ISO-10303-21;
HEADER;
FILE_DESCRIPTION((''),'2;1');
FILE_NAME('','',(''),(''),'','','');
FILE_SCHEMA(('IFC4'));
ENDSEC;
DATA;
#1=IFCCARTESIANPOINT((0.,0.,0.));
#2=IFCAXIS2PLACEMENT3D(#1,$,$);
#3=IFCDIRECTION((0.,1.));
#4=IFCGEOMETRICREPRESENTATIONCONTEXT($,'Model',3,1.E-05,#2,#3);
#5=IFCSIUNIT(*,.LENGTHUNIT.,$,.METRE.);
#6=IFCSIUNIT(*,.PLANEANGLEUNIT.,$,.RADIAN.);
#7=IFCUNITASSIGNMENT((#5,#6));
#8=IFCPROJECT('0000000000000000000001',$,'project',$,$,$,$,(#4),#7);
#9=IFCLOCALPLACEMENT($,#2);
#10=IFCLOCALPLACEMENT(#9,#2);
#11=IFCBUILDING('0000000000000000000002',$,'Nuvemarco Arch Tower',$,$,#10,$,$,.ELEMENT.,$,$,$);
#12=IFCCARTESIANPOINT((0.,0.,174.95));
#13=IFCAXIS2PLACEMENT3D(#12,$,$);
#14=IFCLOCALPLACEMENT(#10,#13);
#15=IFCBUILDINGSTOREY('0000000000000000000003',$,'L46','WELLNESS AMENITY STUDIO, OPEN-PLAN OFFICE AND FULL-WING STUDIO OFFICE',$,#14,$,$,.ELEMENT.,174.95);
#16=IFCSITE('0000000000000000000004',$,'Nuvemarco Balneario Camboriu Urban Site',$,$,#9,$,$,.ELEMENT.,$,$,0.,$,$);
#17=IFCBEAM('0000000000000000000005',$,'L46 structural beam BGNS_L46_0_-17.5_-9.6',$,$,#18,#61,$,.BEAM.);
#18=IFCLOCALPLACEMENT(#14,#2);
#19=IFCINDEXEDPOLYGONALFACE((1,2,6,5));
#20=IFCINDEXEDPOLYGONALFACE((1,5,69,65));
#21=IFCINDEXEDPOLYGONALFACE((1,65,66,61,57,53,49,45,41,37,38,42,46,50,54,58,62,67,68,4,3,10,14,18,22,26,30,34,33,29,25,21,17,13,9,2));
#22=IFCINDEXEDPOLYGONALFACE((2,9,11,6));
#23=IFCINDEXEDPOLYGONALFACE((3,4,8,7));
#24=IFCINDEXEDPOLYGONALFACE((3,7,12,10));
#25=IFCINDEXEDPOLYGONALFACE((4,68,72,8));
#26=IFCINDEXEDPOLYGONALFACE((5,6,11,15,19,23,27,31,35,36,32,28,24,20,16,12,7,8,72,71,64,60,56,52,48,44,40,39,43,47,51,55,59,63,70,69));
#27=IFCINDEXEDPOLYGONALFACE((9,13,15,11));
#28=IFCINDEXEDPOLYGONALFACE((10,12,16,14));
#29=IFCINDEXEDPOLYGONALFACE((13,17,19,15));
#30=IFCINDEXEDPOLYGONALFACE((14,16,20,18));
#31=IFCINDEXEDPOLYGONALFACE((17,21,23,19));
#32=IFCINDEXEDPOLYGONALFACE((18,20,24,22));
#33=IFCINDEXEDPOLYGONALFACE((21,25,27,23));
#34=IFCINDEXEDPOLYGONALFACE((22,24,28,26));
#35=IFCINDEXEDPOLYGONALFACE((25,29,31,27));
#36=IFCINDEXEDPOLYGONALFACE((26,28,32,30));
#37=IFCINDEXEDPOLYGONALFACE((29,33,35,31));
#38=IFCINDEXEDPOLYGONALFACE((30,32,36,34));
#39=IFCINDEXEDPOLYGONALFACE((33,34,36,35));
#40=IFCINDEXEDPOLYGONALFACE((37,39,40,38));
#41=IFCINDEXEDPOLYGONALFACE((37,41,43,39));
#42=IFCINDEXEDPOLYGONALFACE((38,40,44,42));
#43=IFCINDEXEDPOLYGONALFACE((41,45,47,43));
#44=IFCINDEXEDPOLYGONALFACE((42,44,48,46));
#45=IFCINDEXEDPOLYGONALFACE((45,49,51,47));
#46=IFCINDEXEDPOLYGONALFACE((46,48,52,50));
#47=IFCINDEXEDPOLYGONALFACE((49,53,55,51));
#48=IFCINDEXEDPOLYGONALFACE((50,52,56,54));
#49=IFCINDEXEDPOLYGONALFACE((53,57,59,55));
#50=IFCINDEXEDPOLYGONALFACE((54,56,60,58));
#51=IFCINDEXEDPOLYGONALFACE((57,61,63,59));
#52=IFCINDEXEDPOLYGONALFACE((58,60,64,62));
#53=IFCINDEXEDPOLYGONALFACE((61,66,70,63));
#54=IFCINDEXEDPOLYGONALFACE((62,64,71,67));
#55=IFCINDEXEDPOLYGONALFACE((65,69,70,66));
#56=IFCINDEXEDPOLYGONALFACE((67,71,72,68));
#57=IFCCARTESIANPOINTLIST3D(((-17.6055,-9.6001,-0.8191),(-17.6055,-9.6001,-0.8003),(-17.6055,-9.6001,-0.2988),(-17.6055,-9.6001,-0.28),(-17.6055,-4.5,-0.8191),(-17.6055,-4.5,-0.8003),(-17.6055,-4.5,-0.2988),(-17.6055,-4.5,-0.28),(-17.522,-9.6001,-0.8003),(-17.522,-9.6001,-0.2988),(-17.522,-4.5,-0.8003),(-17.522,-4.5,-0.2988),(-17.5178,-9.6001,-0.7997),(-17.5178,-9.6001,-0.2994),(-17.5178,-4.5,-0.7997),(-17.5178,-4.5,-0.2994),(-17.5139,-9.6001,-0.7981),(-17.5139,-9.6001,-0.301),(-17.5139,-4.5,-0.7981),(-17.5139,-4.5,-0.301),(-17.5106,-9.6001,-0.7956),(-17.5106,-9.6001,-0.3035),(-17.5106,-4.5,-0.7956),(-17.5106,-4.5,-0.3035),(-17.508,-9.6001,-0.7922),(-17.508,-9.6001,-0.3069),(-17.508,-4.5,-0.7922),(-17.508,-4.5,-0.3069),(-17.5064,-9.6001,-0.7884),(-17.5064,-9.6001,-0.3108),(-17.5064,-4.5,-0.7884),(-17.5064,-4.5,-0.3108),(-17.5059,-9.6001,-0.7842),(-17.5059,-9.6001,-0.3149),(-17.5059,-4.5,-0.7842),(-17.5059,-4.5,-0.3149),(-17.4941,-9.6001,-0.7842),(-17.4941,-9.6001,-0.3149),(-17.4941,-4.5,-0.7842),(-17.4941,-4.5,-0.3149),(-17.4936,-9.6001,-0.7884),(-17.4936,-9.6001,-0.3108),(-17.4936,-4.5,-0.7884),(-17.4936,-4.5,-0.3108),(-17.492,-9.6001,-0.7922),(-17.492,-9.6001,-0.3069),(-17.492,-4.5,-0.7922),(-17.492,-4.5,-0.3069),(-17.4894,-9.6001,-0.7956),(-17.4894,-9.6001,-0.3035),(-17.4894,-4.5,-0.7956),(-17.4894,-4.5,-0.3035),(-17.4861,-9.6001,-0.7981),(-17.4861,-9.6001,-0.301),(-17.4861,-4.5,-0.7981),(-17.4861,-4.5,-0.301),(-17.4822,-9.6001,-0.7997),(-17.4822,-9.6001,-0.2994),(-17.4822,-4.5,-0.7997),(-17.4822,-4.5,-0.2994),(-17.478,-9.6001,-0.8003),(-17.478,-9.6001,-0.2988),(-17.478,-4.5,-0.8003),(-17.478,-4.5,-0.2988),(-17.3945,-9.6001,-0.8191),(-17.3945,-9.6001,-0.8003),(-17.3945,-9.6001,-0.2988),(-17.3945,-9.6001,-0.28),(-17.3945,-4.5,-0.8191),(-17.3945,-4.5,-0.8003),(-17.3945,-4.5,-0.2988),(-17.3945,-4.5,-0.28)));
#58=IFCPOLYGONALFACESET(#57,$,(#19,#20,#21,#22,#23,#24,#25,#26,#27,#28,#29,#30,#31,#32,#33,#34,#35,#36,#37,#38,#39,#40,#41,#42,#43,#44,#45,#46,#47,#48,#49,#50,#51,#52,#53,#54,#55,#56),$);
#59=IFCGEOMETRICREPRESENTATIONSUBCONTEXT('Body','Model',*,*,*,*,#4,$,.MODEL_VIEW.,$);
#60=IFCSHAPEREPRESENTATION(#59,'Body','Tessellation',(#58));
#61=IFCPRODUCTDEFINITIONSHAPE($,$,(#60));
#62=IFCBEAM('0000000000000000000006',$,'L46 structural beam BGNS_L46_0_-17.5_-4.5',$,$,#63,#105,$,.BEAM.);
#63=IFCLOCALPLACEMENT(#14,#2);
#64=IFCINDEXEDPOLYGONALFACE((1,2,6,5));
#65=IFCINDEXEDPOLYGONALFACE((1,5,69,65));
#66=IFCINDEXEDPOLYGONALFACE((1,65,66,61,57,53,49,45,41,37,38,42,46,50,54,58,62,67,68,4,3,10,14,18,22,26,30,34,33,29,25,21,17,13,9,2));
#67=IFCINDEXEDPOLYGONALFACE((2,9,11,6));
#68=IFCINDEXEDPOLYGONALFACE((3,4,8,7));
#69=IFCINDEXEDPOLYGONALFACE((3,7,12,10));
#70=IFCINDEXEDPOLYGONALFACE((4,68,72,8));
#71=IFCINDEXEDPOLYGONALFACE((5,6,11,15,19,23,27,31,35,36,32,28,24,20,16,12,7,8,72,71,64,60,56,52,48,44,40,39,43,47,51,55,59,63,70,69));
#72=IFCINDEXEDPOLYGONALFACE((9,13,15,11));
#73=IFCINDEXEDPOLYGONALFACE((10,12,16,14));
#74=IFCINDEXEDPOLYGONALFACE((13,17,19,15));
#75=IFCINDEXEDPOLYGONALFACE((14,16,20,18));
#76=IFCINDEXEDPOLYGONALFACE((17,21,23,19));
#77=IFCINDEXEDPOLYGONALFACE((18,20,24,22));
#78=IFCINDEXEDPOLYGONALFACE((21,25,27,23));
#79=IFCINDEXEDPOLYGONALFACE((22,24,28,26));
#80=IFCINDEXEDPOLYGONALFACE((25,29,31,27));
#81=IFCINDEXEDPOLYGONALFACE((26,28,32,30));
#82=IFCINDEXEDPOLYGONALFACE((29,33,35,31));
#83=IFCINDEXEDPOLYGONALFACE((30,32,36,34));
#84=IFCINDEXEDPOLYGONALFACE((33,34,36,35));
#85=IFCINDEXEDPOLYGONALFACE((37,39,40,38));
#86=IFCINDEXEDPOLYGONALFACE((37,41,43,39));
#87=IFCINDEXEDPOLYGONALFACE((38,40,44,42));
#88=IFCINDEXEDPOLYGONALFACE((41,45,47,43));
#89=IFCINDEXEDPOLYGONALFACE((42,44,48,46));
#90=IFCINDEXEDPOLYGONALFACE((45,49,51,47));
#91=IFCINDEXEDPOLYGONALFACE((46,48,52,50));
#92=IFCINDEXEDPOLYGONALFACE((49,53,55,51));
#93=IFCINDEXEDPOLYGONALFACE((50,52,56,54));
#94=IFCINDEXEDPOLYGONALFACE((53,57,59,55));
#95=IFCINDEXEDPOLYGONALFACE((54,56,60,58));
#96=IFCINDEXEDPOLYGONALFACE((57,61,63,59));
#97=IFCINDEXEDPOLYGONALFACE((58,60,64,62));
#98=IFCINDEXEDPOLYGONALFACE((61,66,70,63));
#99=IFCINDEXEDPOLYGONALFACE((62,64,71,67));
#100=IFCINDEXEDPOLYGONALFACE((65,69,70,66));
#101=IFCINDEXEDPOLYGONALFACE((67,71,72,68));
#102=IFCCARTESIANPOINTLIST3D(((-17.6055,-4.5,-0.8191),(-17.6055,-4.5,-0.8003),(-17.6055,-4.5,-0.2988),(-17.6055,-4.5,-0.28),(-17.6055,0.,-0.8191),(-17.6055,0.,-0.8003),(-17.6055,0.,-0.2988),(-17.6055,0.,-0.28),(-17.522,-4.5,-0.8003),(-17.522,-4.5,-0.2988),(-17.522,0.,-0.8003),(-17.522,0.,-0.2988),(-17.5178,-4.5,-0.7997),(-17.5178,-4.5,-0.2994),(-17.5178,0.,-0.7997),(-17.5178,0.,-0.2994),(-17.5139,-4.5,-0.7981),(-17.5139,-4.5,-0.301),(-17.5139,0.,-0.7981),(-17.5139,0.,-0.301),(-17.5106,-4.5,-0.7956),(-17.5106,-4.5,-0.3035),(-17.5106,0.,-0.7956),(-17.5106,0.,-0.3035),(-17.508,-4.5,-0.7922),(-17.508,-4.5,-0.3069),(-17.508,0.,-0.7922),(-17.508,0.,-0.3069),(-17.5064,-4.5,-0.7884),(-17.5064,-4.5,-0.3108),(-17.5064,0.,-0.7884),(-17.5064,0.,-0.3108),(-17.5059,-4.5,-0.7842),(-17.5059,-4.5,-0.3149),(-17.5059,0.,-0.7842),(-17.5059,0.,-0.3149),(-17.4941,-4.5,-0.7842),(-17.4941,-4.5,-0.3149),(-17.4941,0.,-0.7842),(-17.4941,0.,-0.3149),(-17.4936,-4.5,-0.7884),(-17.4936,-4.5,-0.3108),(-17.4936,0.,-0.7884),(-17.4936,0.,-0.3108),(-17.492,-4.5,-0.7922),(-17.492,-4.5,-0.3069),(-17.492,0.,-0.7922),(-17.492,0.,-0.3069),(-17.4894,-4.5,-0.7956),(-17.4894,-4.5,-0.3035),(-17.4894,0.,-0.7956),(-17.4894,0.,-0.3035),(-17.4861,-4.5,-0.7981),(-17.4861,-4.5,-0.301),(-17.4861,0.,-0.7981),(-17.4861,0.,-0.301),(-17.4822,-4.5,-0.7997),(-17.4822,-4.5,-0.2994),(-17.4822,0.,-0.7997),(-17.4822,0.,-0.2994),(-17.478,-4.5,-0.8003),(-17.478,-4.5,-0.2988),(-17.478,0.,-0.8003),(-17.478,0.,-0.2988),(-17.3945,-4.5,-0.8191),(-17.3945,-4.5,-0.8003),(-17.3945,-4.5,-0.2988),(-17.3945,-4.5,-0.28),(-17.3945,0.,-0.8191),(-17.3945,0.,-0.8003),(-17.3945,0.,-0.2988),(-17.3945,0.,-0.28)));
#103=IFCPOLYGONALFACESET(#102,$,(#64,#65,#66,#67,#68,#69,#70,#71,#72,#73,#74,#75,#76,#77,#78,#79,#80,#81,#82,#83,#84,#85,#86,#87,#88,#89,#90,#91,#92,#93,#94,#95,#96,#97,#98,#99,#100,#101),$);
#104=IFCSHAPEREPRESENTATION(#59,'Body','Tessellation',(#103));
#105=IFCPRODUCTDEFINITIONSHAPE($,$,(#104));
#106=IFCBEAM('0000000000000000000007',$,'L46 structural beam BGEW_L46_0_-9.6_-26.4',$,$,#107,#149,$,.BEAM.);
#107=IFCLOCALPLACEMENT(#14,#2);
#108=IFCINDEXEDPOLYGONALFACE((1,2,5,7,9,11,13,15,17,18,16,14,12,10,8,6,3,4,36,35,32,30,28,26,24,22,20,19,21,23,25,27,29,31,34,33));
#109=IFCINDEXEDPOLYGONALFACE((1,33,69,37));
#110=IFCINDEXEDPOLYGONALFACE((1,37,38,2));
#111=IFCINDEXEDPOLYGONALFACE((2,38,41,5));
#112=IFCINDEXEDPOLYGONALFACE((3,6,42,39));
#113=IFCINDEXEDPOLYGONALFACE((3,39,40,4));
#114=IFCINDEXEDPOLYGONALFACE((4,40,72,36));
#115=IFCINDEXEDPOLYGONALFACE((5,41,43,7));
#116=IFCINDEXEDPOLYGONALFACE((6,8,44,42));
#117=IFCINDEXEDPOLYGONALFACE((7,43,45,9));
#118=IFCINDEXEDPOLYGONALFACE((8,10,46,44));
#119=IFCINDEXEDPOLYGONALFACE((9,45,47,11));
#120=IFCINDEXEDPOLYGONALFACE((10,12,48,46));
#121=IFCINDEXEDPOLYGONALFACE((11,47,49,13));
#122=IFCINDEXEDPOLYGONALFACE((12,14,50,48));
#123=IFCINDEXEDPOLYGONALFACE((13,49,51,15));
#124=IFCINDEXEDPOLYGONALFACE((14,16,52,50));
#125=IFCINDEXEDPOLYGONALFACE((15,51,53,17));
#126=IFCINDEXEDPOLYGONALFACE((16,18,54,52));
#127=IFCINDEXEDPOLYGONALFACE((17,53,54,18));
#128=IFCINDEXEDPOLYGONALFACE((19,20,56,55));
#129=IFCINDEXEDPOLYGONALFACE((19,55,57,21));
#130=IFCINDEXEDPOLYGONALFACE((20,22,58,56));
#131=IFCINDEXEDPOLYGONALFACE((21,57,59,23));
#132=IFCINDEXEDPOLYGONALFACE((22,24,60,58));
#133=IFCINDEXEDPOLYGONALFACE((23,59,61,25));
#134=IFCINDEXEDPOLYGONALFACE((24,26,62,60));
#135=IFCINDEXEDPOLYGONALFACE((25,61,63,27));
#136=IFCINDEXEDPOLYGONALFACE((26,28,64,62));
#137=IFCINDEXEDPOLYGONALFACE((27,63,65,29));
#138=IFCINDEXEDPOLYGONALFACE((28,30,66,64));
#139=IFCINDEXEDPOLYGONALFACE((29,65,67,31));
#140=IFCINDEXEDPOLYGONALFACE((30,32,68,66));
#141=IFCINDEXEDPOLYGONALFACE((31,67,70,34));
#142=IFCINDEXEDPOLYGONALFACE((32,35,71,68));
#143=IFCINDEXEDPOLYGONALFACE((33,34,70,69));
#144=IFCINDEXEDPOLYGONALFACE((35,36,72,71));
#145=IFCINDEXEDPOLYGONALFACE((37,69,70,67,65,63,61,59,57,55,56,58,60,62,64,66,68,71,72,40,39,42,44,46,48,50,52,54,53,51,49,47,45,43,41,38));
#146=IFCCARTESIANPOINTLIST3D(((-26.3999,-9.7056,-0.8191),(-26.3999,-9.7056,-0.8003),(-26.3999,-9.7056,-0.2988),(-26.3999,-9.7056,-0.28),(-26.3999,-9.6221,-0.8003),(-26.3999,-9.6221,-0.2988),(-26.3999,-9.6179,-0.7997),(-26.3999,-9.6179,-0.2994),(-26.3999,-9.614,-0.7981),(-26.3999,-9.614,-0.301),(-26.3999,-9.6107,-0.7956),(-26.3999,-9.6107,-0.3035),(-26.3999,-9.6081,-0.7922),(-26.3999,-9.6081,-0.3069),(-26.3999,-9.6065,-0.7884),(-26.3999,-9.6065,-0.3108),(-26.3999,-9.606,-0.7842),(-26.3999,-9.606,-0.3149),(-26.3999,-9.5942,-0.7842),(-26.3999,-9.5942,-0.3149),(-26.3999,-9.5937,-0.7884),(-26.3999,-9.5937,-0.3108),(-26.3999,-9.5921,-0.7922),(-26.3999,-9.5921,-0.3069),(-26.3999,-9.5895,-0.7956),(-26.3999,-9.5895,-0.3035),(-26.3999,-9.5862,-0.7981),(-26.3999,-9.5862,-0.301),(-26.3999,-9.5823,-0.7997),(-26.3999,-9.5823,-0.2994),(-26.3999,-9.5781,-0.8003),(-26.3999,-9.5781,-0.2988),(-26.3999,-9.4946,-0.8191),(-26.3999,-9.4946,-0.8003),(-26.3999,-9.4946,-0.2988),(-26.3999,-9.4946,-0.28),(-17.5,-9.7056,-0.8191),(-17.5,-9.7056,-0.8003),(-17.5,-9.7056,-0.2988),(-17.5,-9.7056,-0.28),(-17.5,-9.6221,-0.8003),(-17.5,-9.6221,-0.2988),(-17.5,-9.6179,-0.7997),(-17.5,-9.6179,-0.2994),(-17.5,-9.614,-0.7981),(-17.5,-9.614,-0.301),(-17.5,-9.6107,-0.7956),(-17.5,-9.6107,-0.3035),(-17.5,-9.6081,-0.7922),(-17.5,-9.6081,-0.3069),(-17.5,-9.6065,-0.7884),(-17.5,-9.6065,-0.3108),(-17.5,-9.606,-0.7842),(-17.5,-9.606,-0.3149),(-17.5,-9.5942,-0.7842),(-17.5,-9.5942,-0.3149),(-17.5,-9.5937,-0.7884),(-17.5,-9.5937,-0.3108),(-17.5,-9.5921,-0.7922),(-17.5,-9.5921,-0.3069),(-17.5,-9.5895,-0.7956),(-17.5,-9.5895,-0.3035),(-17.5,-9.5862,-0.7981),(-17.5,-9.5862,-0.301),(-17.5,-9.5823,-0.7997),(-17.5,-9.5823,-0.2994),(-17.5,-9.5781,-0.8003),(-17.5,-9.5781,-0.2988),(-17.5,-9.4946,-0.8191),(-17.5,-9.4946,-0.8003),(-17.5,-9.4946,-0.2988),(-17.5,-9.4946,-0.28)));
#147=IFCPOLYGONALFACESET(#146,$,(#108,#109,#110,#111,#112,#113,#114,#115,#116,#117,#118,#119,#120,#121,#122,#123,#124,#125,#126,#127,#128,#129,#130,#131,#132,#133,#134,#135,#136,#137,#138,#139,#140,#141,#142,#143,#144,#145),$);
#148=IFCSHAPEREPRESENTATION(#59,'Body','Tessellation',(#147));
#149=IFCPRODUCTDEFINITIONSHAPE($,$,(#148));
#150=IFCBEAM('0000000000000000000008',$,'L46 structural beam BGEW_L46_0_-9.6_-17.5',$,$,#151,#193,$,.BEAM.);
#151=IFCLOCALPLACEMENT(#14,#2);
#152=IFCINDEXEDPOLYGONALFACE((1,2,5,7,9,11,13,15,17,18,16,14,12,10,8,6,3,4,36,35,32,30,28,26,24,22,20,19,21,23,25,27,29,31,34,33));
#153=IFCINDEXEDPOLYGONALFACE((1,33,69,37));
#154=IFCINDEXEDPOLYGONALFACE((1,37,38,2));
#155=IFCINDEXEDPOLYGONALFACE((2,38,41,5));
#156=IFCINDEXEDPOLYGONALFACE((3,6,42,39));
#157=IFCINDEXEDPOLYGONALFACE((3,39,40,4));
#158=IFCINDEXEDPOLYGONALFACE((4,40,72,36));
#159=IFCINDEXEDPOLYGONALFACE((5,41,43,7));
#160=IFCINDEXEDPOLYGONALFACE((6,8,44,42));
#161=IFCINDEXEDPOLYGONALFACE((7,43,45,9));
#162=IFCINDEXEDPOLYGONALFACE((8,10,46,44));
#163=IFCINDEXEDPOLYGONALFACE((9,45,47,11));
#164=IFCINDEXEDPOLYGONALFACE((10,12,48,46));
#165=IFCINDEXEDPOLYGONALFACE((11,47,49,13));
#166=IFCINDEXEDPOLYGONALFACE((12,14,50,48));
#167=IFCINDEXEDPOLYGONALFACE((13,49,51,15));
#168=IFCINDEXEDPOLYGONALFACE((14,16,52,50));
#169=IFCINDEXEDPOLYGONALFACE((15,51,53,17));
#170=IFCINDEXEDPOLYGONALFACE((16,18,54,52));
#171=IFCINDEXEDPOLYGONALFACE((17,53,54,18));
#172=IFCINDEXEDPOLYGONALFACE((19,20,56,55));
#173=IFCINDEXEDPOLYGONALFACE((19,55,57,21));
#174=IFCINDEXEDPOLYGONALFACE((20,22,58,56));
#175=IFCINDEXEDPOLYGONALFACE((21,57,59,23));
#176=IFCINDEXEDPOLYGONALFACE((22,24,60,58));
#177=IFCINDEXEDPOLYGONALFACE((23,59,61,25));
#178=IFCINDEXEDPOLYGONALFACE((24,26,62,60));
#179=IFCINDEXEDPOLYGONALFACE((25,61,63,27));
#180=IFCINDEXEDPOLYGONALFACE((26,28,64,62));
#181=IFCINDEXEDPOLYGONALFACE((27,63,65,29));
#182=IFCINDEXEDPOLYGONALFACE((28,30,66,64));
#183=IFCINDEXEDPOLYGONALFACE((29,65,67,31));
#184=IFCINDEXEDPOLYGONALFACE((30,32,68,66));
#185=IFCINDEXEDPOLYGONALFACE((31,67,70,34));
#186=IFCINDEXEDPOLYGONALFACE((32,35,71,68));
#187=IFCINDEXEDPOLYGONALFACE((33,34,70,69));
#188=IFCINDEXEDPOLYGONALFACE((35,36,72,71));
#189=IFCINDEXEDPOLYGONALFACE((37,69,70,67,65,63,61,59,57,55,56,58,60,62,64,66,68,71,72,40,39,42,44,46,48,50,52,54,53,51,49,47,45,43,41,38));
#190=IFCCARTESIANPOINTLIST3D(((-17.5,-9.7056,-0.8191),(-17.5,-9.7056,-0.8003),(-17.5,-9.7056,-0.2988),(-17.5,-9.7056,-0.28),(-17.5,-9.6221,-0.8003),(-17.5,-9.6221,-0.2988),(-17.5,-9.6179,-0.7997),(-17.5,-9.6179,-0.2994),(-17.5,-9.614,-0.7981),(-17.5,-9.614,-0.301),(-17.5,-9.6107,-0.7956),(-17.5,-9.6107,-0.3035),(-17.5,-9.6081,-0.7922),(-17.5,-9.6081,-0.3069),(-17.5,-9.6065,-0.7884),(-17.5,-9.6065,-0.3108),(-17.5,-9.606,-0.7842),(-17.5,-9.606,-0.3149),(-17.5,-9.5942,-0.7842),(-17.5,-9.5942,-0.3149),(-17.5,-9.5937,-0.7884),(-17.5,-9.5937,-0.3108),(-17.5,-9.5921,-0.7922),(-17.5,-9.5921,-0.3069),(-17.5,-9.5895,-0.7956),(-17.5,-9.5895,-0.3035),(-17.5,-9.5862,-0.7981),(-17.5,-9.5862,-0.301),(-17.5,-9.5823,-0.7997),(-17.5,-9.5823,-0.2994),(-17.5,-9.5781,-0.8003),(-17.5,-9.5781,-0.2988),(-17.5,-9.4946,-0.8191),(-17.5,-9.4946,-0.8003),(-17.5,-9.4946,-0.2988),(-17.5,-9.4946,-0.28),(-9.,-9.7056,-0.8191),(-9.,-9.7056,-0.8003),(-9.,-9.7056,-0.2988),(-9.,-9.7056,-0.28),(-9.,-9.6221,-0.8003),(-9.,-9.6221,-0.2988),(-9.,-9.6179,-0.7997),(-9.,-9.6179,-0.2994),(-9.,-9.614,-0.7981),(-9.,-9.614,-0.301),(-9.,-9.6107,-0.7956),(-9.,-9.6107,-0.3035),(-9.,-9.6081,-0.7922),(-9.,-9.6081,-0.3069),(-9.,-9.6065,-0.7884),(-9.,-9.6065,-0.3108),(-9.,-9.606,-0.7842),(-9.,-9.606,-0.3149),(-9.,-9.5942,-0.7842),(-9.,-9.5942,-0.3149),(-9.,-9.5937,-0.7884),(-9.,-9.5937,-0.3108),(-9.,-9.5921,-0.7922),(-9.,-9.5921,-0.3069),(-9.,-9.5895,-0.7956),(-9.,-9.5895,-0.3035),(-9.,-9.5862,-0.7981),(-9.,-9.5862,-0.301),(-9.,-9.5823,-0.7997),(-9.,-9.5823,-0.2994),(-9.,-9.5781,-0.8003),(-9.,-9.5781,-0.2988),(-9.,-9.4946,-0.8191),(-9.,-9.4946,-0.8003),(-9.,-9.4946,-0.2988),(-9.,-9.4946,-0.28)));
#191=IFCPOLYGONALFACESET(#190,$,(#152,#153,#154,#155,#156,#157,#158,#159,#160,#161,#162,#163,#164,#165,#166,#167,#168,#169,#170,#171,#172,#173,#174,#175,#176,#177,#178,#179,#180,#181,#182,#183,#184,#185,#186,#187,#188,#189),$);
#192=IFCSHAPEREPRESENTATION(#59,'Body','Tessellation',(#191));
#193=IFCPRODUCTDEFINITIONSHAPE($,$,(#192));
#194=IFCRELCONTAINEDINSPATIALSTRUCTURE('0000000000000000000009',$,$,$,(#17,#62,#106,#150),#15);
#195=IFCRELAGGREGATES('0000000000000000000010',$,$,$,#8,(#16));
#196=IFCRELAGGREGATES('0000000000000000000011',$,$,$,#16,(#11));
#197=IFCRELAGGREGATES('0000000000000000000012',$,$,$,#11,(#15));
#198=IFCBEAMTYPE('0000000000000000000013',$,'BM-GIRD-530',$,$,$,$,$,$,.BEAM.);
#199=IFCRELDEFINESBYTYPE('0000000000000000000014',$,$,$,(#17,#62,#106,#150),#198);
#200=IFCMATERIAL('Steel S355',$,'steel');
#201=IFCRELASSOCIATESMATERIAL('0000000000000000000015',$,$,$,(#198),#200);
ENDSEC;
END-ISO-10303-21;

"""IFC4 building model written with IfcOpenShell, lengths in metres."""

from ifc_helpers import new_model, si_unit, direction, frame, origin, origin_2d, place, context, subcontext, project, spatial, i_section, extrude, material, material_profile, profile_set, type_object, element, save


model = new_model("IFC4")

# Units and contexts
model_context = context("Model", 3, precision=1e-05, world=origin(), true_north=direction((0.0, 1.0)))
body_context = subcontext(model_context, "Body", "Model", "MODEL_VIEW")
ifc_project = project(units=[si_unit("LENGTHUNIT", "METRE"), si_unit("PLANEANGLEUNIT", "RADIAN")], contexts=[model_context])

# Site, building, storey
site_placement = place(None, origin())
site = spatial("IfcSite", under=ifc_project, at=site_placement, Name="Nuvemarco Balneario Camboriu Urban Site", CompositionType="ELEMENT", RefElevation=0.0)
building_placement = place(site_placement, origin())
building = spatial("IfcBuilding", under=site, at=building_placement, Name="Nuvemarco Arch Tower", CompositionType="ELEMENT")
storey_placement = place(building_placement, frame((0.0, 0.0, 174.95)))
storey = spatial("IfcBuildingStorey", under=building, at=storey_placement, Name="L46", Description="WELLNESS AMENITY STUDIO, OPEN-PLAN OFFICE AND FULL-WING STUDIO OFFICE", CompositionType="ELEMENT", Elevation=174.95)

# Shared definitions
ifc_material_1 = material(Name="Steel S355", Category="steel")

# Beams
ifc_material_profile_1 = material_profile(ifc_material_1, i_section(OverallWidth=0.2109, OverallDepth=0.5391, WebThickness=0.0117, FlangeThickness=0.0188, FilletRadius=0.0161, at=origin_2d()), Name="W530x109")
ifc_profile_set_1 = profile_set([ifc_material_profile_1], Name="Steel S355")
beam_type_1 = type_object("IfcBeamType", Name="BM-GIRD-530", PredefinedType="BEAM", material=ifc_profile_set_1)
beam_1_placement = place(storey_placement, frame((-17.5, -9.6001, -0.5496), z_axis=(0.0, 1.0, 0.0), x_axis=(-1.0, 0.0, 0.0)))
element("IfcBeam", 1, at=beam_1_placement, inside=storey, type_object=beam_type_1, Name="L46 structural beam BGNS_L46_0_-17.5_-9.6", PredefinedType="BEAM", context=body_context, shape_type="SweptSolid", body=[
    extrude(i_section(OverallWidth=0.2109, OverallDepth=0.5391, WebThickness=0.0117, FlangeThickness=0.0188, FilletRadius=0.0161, at=origin_2d()), origin(), (0.0, 0.0, 1.0), 5.1001),
])
beam_2_placement = place(storey_placement, frame((-17.5, -4.5, -0.5496), z_axis=(0.0, 1.0, 0.0), x_axis=(-1.0, 0.0, 0.0)))
element("IfcBeam", 2, at=beam_2_placement, inside=storey, type_object=beam_type_1, Name="L46 structural beam BGNS_L46_0_-17.5_-4.5", PredefinedType="BEAM", context=body_context, shape_type="SweptSolid", body=[
    extrude(i_section(OverallWidth=0.2109, OverallDepth=0.5391, WebThickness=0.0117, FlangeThickness=0.0188, FilletRadius=0.0161, at=origin_2d()), origin(), (0.0, 0.0, 1.0), 4.5),
])
beam_3_placement = place(storey_placement, frame((-26.3999, -9.6001, -0.5496), z_axis=(1.0, 0.0, 0.0), x_axis=(0.0, 1.0, 0.0)))
element("IfcBeam", 3, at=beam_3_placement, inside=storey, type_object=beam_type_1, Name="L46 structural beam BGEW_L46_0_-9.6_-26.4", PredefinedType="BEAM", context=body_context, shape_type="SweptSolid", body=[
    extrude(i_section(OverallWidth=0.2109, OverallDepth=0.5391, WebThickness=0.0117, FlangeThickness=0.0188, FilletRadius=0.0161, at=origin_2d()), origin(), (0.0, 0.0, 1.0), 8.8999),
])
beam_4_placement = place(storey_placement, frame((-17.5, -9.6001, -0.5496), z_axis=(1.0, 0.0, 0.0), x_axis=(0.0, 1.0, 0.0)))
element("IfcBeam", 4, at=beam_4_placement, inside=storey, type_object=beam_type_1, Name="L46 structural beam BGEW_L46_0_-9.6_-17.5", PredefinedType="BEAM", context=body_context, shape_type="SweptSolid", body=[
    extrude(i_section(OverallWidth=0.2109, OverallDepth=0.5391, WebThickness=0.0117, FlangeThickness=0.0188, FilletRadius=0.0161, at=origin_2d()), origin(), (0.0, 0.0, 1.0), 8.5),
])

save(model, "model.ifc")
